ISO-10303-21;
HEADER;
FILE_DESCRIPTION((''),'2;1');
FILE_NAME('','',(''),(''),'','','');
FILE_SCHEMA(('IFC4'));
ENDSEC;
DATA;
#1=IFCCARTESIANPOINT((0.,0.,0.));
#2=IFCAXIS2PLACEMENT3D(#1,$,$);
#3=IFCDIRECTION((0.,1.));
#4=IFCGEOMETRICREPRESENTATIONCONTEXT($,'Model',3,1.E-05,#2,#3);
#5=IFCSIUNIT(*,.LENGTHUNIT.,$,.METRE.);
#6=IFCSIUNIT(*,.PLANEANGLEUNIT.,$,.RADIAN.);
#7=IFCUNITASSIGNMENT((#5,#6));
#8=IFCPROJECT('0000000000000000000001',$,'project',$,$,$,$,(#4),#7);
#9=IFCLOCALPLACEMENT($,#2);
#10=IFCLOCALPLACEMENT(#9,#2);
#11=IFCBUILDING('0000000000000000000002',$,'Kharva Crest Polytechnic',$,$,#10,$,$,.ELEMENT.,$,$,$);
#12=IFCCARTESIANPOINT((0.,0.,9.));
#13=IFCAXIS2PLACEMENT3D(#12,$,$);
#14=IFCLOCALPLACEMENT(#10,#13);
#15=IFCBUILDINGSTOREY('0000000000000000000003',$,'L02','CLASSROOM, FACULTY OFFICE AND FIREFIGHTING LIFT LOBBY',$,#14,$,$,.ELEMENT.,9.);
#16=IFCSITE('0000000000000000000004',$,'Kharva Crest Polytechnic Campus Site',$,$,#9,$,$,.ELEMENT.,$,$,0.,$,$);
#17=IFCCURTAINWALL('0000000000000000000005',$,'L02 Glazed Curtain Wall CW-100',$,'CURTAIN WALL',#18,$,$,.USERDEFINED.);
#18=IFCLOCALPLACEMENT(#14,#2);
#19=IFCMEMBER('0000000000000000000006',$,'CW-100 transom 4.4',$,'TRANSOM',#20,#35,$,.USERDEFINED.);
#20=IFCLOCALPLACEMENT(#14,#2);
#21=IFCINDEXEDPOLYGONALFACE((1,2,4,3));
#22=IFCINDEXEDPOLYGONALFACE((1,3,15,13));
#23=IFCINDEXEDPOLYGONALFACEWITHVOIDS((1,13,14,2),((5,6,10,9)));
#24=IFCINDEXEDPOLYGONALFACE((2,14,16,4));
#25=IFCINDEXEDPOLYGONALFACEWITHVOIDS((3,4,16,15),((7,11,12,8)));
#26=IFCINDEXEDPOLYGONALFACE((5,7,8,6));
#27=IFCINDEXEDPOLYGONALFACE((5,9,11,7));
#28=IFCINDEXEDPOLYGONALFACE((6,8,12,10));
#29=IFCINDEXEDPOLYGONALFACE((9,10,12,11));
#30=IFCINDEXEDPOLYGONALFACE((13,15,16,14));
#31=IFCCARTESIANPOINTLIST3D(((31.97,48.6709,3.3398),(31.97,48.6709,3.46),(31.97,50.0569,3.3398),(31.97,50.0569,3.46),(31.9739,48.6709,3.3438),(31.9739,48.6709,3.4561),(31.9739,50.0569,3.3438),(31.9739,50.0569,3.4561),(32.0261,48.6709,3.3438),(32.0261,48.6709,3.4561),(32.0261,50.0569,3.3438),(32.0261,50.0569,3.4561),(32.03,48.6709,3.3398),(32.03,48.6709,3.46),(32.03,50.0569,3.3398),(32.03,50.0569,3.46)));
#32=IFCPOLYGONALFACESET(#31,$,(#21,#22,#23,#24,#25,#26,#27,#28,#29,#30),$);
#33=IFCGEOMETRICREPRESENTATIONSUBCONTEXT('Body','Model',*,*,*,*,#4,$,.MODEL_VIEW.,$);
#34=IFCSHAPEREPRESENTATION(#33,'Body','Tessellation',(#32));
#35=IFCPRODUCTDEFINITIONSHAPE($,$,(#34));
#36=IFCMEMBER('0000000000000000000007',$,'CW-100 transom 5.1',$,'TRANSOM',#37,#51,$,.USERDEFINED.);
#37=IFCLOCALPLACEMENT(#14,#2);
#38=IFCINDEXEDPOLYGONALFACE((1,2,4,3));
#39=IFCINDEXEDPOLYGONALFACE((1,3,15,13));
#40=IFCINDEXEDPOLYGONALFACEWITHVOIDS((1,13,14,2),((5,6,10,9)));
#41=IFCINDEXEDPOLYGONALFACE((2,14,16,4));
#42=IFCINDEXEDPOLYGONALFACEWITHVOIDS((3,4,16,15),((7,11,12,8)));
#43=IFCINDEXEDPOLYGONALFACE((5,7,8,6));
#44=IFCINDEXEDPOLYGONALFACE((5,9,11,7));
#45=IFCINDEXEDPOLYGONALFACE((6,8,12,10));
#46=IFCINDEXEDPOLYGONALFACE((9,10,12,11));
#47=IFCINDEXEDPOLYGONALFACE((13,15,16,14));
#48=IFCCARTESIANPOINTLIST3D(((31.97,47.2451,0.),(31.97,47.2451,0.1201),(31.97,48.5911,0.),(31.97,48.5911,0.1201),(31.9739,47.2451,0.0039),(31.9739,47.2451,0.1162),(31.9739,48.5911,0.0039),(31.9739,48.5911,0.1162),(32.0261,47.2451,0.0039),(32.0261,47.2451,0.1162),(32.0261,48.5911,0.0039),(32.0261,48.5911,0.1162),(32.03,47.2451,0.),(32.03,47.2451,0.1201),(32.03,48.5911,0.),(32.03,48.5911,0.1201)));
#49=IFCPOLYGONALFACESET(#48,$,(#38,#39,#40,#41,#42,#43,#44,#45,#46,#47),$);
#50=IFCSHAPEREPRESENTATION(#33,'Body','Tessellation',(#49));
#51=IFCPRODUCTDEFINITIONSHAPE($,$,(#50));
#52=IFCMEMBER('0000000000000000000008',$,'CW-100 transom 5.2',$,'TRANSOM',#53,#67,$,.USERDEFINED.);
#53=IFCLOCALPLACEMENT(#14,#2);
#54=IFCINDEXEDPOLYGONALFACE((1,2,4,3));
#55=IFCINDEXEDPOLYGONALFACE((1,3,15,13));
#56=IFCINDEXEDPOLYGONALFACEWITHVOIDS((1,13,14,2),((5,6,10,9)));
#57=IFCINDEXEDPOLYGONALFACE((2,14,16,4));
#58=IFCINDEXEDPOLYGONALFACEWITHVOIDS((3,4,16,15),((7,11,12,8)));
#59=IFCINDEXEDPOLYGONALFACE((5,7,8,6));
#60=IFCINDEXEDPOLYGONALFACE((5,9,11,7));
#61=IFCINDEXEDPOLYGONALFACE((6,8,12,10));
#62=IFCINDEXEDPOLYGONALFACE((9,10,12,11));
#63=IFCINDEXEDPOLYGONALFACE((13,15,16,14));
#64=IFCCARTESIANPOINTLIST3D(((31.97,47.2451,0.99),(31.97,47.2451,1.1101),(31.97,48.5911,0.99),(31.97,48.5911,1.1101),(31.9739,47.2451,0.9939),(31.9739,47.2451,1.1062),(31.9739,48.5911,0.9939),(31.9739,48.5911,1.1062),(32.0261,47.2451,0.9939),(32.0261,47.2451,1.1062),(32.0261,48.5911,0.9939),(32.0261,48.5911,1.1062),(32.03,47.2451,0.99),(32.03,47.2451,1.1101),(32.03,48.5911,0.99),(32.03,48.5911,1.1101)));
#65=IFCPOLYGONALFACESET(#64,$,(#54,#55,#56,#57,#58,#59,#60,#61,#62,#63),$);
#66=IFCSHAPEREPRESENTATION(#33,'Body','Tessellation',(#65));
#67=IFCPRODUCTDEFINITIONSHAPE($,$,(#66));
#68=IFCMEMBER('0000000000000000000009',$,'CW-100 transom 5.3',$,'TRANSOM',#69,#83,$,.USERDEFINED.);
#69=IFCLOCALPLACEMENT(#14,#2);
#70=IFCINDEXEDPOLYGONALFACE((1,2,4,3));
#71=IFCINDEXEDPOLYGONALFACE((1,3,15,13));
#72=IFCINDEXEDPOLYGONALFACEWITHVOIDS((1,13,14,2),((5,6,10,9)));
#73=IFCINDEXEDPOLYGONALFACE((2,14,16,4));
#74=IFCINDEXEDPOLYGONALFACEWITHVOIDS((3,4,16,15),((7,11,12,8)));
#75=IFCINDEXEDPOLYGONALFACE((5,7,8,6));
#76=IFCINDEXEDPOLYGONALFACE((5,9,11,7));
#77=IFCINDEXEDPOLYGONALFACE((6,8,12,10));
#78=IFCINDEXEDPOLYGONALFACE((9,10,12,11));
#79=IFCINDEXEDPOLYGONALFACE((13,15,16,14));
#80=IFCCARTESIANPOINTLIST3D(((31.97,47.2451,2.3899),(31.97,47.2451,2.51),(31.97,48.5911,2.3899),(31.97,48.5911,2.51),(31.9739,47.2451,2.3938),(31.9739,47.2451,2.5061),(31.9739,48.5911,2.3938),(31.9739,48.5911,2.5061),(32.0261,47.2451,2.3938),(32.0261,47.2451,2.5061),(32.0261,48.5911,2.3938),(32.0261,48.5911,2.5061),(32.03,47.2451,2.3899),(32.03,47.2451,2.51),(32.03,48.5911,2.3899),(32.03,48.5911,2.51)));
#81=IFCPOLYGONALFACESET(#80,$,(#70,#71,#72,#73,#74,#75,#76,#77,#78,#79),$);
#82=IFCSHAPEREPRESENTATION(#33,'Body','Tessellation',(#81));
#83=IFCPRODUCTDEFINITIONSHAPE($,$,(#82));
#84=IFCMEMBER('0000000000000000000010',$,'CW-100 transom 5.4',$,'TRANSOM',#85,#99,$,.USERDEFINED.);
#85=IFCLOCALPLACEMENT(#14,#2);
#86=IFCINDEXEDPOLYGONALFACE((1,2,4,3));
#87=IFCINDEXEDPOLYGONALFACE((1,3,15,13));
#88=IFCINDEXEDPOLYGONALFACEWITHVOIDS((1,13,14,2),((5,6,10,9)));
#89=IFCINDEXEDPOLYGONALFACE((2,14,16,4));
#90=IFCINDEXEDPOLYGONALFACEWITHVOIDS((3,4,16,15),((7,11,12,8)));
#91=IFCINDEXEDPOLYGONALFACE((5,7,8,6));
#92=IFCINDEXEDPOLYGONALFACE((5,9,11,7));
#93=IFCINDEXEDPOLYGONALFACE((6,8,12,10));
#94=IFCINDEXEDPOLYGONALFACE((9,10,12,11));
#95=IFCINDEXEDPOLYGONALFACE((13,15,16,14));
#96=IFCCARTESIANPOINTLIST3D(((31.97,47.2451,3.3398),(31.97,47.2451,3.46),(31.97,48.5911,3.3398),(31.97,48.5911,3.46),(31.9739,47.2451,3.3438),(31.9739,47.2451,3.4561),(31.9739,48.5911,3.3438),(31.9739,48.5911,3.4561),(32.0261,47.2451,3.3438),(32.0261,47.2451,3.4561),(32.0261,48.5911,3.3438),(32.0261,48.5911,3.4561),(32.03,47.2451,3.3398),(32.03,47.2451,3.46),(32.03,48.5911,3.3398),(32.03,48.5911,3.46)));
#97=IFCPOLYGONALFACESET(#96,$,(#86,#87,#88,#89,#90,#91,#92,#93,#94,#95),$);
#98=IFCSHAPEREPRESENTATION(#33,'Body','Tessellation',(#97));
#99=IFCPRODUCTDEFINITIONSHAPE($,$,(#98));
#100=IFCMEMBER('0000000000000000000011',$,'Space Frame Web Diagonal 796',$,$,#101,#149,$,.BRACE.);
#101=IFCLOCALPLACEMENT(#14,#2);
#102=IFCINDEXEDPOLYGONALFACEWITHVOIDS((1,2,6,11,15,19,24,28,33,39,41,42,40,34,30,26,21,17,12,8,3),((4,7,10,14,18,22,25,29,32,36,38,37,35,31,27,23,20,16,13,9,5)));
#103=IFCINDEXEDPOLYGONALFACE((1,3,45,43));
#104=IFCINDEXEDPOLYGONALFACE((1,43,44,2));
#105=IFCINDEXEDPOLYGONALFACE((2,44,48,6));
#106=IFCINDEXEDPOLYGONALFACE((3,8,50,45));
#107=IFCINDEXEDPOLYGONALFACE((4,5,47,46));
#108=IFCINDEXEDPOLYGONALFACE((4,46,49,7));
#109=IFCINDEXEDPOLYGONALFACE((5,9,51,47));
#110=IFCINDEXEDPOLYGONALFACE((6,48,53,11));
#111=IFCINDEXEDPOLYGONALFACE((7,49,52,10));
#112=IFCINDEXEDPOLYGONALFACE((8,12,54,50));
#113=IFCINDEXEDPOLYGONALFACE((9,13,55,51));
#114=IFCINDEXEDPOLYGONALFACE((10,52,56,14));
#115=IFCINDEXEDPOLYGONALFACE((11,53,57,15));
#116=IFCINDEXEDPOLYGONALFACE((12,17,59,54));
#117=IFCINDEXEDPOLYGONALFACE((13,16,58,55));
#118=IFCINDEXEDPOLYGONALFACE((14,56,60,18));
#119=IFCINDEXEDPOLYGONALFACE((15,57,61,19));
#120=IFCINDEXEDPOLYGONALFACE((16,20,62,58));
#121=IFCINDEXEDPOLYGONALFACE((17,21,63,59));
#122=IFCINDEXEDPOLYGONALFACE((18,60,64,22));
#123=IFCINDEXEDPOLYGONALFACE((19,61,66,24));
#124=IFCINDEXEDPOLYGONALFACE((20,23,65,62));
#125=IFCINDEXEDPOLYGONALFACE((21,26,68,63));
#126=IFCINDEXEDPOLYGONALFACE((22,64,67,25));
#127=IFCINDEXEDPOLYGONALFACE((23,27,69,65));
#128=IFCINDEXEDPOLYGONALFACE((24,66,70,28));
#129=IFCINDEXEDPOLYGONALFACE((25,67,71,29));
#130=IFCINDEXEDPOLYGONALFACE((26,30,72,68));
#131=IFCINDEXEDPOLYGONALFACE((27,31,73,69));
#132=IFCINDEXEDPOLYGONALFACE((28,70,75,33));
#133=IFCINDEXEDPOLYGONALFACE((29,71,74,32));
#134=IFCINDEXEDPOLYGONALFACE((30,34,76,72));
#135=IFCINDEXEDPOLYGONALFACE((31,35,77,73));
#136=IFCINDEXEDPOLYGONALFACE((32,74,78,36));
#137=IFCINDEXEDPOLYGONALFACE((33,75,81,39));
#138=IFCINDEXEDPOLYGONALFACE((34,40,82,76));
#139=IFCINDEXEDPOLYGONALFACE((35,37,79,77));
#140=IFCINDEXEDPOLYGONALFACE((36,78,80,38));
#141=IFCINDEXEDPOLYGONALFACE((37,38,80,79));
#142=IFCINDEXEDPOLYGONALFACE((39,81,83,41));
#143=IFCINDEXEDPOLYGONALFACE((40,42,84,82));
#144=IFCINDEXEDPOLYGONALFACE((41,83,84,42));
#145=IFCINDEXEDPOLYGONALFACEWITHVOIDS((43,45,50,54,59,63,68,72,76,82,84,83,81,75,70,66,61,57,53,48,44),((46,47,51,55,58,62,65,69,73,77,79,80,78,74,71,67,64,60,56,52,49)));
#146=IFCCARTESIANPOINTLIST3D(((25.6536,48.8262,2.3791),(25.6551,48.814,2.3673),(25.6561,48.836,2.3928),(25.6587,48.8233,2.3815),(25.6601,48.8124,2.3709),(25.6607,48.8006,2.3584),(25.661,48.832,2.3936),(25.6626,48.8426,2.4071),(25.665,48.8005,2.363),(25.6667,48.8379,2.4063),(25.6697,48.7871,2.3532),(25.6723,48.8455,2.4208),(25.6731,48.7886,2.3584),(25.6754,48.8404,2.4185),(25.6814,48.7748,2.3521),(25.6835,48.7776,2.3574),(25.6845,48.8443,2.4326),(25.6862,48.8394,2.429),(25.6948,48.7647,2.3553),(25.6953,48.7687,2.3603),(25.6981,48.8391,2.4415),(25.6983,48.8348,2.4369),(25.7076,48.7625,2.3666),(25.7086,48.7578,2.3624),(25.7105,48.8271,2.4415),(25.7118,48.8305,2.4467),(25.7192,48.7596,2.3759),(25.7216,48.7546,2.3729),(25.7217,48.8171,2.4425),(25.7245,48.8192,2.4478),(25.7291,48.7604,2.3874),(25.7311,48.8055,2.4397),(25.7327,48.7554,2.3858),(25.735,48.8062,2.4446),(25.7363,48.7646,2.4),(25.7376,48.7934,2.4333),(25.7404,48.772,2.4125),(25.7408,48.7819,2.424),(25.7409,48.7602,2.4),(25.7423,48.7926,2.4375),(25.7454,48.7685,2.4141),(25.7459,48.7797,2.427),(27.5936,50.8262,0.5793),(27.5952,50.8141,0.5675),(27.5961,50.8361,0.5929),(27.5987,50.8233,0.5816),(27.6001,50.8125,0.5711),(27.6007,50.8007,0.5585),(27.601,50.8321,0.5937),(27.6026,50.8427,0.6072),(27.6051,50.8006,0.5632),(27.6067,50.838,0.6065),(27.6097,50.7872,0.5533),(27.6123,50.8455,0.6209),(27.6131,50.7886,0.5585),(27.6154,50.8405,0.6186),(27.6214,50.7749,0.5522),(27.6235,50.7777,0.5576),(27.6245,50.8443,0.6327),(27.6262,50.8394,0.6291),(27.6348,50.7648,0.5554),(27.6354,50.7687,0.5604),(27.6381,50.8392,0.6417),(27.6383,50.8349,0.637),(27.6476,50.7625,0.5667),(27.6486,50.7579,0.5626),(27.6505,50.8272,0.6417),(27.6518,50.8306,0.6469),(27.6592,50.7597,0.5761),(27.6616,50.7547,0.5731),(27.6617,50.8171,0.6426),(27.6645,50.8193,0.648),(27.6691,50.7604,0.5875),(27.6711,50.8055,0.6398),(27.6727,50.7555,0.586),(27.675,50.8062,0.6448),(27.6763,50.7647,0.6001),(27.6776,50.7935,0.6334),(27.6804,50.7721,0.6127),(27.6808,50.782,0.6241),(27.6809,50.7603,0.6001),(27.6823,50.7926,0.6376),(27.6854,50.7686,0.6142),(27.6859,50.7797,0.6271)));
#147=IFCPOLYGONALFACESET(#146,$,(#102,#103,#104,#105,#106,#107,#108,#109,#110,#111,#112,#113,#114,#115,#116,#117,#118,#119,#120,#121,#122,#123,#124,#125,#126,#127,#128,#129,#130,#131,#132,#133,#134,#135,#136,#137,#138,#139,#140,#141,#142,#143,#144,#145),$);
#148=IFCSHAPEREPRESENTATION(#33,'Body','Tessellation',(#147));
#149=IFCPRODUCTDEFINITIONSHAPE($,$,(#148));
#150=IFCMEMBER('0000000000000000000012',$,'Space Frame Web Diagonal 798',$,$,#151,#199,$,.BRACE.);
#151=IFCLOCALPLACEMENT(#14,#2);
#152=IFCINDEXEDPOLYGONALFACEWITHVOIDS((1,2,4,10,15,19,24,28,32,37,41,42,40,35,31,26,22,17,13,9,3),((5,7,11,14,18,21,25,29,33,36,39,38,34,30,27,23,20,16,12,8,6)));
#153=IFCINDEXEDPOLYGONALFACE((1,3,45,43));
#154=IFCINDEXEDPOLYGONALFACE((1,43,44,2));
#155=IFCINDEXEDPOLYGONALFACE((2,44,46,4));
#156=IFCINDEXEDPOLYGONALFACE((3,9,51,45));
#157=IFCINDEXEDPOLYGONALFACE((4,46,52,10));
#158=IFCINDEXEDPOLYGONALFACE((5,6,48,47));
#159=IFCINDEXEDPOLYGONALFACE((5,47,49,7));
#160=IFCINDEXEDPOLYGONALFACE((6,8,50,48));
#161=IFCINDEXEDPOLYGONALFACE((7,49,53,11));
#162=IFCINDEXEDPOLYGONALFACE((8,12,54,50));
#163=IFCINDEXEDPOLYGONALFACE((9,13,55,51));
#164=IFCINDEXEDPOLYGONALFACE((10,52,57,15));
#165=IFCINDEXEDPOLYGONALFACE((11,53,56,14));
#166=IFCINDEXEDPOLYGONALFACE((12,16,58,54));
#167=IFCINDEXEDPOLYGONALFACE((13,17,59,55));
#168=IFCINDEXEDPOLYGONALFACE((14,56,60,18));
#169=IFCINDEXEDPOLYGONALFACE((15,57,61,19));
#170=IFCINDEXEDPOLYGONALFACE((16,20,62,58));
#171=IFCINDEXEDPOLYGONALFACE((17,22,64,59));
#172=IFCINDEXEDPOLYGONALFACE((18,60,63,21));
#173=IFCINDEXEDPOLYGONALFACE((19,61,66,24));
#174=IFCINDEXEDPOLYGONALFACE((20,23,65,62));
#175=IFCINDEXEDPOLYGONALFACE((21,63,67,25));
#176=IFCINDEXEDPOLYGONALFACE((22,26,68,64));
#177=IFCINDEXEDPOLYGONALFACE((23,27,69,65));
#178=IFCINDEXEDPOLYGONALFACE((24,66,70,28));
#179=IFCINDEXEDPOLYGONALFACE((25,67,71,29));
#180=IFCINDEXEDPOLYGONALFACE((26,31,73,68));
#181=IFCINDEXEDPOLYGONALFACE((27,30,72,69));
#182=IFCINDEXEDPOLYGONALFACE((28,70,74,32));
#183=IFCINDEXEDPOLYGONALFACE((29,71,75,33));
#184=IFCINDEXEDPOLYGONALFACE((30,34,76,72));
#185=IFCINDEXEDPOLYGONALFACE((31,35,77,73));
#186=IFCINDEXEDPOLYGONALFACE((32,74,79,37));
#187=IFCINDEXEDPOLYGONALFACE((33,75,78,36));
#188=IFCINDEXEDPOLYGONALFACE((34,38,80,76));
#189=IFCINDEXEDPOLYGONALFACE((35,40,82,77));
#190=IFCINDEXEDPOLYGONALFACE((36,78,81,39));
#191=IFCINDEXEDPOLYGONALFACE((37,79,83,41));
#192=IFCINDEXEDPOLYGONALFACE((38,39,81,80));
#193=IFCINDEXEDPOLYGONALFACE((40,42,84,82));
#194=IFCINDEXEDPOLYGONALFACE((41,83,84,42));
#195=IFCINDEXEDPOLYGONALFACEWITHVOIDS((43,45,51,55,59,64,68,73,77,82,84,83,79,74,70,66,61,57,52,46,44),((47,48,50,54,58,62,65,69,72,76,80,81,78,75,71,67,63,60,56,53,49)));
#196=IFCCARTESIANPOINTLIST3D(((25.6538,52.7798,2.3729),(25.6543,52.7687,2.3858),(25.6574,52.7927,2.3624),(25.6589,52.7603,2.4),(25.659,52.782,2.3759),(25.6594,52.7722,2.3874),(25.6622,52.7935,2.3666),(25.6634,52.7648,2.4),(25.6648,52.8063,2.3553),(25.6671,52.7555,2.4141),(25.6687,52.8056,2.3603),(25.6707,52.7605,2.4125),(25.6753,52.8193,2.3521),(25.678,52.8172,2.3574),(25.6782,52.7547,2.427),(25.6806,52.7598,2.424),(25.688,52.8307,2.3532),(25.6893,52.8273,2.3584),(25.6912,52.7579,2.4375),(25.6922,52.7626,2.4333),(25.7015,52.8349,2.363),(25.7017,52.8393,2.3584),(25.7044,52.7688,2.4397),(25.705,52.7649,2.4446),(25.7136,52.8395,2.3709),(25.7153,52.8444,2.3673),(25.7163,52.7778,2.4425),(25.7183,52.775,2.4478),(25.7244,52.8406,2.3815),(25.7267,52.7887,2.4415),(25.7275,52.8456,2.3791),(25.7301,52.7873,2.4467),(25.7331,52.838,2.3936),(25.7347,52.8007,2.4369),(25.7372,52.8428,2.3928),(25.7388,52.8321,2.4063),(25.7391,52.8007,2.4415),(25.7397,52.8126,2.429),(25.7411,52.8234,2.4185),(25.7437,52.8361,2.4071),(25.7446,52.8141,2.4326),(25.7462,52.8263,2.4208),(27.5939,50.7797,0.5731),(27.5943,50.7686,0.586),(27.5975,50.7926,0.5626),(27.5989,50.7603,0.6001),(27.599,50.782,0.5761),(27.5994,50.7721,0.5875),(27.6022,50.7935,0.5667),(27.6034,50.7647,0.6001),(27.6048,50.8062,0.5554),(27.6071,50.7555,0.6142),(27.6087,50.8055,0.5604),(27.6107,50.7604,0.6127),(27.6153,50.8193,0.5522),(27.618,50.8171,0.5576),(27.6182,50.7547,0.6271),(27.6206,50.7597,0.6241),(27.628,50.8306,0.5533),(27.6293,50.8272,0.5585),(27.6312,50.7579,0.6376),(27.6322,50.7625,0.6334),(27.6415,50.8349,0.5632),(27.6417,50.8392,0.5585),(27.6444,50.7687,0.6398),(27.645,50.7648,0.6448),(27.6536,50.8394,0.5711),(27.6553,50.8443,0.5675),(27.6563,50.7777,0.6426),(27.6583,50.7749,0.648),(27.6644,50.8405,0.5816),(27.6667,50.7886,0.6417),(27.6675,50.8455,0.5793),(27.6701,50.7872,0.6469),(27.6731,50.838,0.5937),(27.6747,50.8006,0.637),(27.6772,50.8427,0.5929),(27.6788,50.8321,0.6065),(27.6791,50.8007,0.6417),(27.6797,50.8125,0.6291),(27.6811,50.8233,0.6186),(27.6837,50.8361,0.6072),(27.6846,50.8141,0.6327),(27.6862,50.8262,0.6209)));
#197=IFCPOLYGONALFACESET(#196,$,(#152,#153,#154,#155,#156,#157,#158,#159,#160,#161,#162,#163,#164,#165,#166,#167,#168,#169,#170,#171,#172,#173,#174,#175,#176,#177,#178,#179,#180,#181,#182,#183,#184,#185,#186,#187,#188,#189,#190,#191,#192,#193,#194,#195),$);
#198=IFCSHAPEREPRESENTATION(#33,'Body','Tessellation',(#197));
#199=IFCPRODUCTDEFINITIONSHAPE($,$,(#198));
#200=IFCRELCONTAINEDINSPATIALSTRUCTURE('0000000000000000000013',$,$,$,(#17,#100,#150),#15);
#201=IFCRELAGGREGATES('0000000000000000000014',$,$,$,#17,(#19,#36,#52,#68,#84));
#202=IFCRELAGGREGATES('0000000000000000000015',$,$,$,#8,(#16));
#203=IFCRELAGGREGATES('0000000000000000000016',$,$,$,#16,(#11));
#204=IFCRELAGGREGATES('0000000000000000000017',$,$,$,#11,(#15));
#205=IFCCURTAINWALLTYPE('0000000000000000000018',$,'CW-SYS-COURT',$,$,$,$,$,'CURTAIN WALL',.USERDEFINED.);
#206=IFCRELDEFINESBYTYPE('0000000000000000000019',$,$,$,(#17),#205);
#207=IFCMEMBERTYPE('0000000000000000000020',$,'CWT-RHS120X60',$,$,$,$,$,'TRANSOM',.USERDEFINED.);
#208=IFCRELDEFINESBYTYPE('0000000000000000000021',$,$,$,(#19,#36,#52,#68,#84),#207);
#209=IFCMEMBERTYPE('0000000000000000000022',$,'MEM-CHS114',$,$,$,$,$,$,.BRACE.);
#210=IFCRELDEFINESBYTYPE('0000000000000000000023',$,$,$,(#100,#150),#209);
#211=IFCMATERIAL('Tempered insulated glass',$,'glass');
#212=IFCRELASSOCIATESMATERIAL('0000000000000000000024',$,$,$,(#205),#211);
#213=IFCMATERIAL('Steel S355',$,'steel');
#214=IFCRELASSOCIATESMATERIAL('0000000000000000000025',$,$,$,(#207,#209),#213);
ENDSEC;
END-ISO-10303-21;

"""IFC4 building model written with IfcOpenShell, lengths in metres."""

from ifc_helpers import new_model, si_unit, direction, frame, origin, origin_2d, place, context, subcontext, project, spatial, hollow_rectangle, hollow_circle, extrude, material, material_profile, profile_set, type_object, element, aggregate, save


model = new_model("IFC4")

# Units and contexts
model_context = context("Model", 3, precision=1e-05, world=origin(), true_north=direction((0.0, 1.0)))
body_context = subcontext(model_context, "Body", "Model", "MODEL_VIEW")
ifc_project = project(units=[si_unit("LENGTHUNIT", "METRE"), si_unit("PLANEANGLEUNIT", "RADIAN")], contexts=[model_context])

# Site, building, storey
site_placement = place(None, origin())
site = spatial("IfcSite", under=ifc_project, at=site_placement, Name="Kharva Crest Polytechnic Campus Site", CompositionType="ELEMENT", RefElevation=0.0)
building_placement = place(site_placement, origin())
building = spatial("IfcBuilding", under=site, at=building_placement, Name="Kharva Crest Polytechnic", CompositionType="ELEMENT")
storey_placement = place(building_placement, frame((0.0, 0.0, 9.0)))
storey = spatial("IfcBuildingStorey", under=building, at=storey_placement, Name="L02", Description="CLASSROOM, FACULTY OFFICE AND FIREFIGHTING LIFT LOBBY", CompositionType="ELEMENT", Elevation=9.0)

# Curtain wall
ifc_material_1 = material(Name="Tempered insulated glass", Category="glass")
curtain_wall_type_1 = type_object("IfcCurtainWallType", Name="CW-SYS-COURT", ElementType="CURTAIN WALL", PredefinedType="USERDEFINED", material=ifc_material_1)
curtain_wall_1_placement = place(storey_placement, origin())
curtain_wall_1 = element("IfcCurtainWall", 1, at=curtain_wall_1_placement, inside=storey, type_object=curtain_wall_type_1, Name="L02 Glazed Curtain Wall CW-100", ObjectType="CURTAIN WALL", PredefinedType="USERDEFINED")
ifc_material_2 = material(Name="Steel S355", Category="steel")

# Members
ifc_material_profile_1 = material_profile(ifc_material_2, hollow_rectangle(XDim=0.0601, YDim=0.1201, WallThickness=0.0039, at=origin_2d()), Name="RHS 120X60X4.0")
ifc_profile_set_1 = profile_set([ifc_material_profile_1], Name="Steel S355")
member_type_1 = type_object("IfcMemberType", Name="CWT-RHS120X60", ElementType="TRANSOM", PredefinedType="USERDEFINED", material=ifc_profile_set_1)
member_1_placement = place(storey_placement, frame((32.0, 50.0569, 3.3999), z_axis=(0.0, -1.0, 0.0), x_axis=(1.0, 0.0, 0.0)))
member_1 = element("IfcMember", 2, at=member_1_placement, type_object=member_type_1, Name="CW-100 transom 4.4", ObjectType="TRANSOM", PredefinedType="USERDEFINED", context=body_context, shape_type="SweptSolid", body=[
    extrude(hollow_rectangle(XDim=0.0601, YDim=0.1201, WallThickness=0.0039, at=origin_2d()), origin(), (0.0, 0.0, 1.0), 1.386),
])
member_2_placement = place(storey_placement, frame((32.0, 48.5911, 0.0601), z_axis=(0.0, -1.0, 0.0), x_axis=(1.0, 0.0, 0.0)))
member_2 = element("IfcMember", 3, at=member_2_placement, type_object=member_type_1, Name="CW-100 transom 5.1", ObjectType="TRANSOM", PredefinedType="USERDEFINED", context=body_context, shape_type="SweptSolid", body=[
    extrude(hollow_rectangle(XDim=0.0601, YDim=0.1201, WallThickness=0.0039, at=origin_2d()), origin(), (0.0, 0.0, 1.0), 1.3459),
])
member_3_placement = place(storey_placement, frame((32.0, 48.5911, 1.05), z_axis=(0.0, -1.0, 0.0), x_axis=(1.0, 0.0, 0.0)))
member_3 = element("IfcMember", 4, at=member_3_placement, type_object=member_type_1, Name="CW-100 transom 5.2", ObjectType="TRANSOM", PredefinedType="USERDEFINED", context=body_context, shape_type="SweptSolid", body=[
    extrude(hollow_rectangle(XDim=0.0601, YDim=0.1201, WallThickness=0.0039, at=origin_2d()), origin(), (0.0, 0.0, 1.0), 1.3459),
])
member_4_placement = place(storey_placement, frame((32.0, 48.5911, 2.45), z_axis=(0.0, -1.0, 0.0), x_axis=(1.0, 0.0, 0.0)))
member_4 = element("IfcMember", 5, at=member_4_placement, type_object=member_type_1, Name="CW-100 transom 5.3", ObjectType="TRANSOM", PredefinedType="USERDEFINED", context=body_context, shape_type="SweptSolid", body=[
    extrude(hollow_rectangle(XDim=0.0601, YDim=0.1201, WallThickness=0.0039, at=origin_2d()), origin(), (0.0, 0.0, 1.0), 1.3459),
])
member_5_placement = place(storey_placement, frame((32.0, 48.5911, 3.3999), z_axis=(0.0, -1.0, 0.0), x_axis=(1.0, 0.0, 0.0)))
member_5 = element("IfcMember", 6, at=member_5_placement, type_object=member_type_1, Name="CW-100 transom 5.4", ObjectType="TRANSOM", PredefinedType="USERDEFINED", context=body_context, shape_type="SweptSolid", body=[
    extrude(hollow_rectangle(XDim=0.0601, YDim=0.1201, WallThickness=0.0039, at=origin_2d()), origin(), (0.0, 0.0, 1.0), 1.3459),
])

# Members
ifc_material_profile_2 = material_profile(ifc_material_2, hollow_circle(Radius=0.0571, WallThickness=0.0063, at=origin_2d()), Name="CHS 114.3X6.3")
ifc_profile_set_2 = profile_set([ifc_material_profile_2], Name="Steel S355")
member_type_2 = type_object("IfcMemberType", Name="MEM-CHS114", PredefinedType="BRACE", material=ifc_profile_set_2)
for number, where, z_axis, x_axis, name in (
    (7, (27.6399, 50.8, 0.6001), (-0.584843, -0.60295, 0.542596), (0.717802, -0.696247, 0.0), "Space Frame Web Diagonal 796"),
    (8, (27.6399, 50.8, 0.6001), (-0.584843, 0.60295, 0.542596), (-0.717802, -0.696247, 0.0), "Space Frame Web Diagonal 798"),
):
    element("IfcMember", number, at=place(storey_placement, frame(where, z_axis=z_axis, x_axis=x_axis)), inside=storey, type_object=member_type_2, Name=name, PredefinedType="BRACE", context=body_context, shape_type="SweptSolid", body=[
        extrude(hollow_circle(Radius=0.0571, WallThickness=0.0063, at=origin_2d()), origin(), (0.0, 0.0, 1.0), 3.3171),
    ])

aggregate(curtain_wall_1, [member_1, member_2, member_3, member_4, member_5])

save(model, "model.ifc")
